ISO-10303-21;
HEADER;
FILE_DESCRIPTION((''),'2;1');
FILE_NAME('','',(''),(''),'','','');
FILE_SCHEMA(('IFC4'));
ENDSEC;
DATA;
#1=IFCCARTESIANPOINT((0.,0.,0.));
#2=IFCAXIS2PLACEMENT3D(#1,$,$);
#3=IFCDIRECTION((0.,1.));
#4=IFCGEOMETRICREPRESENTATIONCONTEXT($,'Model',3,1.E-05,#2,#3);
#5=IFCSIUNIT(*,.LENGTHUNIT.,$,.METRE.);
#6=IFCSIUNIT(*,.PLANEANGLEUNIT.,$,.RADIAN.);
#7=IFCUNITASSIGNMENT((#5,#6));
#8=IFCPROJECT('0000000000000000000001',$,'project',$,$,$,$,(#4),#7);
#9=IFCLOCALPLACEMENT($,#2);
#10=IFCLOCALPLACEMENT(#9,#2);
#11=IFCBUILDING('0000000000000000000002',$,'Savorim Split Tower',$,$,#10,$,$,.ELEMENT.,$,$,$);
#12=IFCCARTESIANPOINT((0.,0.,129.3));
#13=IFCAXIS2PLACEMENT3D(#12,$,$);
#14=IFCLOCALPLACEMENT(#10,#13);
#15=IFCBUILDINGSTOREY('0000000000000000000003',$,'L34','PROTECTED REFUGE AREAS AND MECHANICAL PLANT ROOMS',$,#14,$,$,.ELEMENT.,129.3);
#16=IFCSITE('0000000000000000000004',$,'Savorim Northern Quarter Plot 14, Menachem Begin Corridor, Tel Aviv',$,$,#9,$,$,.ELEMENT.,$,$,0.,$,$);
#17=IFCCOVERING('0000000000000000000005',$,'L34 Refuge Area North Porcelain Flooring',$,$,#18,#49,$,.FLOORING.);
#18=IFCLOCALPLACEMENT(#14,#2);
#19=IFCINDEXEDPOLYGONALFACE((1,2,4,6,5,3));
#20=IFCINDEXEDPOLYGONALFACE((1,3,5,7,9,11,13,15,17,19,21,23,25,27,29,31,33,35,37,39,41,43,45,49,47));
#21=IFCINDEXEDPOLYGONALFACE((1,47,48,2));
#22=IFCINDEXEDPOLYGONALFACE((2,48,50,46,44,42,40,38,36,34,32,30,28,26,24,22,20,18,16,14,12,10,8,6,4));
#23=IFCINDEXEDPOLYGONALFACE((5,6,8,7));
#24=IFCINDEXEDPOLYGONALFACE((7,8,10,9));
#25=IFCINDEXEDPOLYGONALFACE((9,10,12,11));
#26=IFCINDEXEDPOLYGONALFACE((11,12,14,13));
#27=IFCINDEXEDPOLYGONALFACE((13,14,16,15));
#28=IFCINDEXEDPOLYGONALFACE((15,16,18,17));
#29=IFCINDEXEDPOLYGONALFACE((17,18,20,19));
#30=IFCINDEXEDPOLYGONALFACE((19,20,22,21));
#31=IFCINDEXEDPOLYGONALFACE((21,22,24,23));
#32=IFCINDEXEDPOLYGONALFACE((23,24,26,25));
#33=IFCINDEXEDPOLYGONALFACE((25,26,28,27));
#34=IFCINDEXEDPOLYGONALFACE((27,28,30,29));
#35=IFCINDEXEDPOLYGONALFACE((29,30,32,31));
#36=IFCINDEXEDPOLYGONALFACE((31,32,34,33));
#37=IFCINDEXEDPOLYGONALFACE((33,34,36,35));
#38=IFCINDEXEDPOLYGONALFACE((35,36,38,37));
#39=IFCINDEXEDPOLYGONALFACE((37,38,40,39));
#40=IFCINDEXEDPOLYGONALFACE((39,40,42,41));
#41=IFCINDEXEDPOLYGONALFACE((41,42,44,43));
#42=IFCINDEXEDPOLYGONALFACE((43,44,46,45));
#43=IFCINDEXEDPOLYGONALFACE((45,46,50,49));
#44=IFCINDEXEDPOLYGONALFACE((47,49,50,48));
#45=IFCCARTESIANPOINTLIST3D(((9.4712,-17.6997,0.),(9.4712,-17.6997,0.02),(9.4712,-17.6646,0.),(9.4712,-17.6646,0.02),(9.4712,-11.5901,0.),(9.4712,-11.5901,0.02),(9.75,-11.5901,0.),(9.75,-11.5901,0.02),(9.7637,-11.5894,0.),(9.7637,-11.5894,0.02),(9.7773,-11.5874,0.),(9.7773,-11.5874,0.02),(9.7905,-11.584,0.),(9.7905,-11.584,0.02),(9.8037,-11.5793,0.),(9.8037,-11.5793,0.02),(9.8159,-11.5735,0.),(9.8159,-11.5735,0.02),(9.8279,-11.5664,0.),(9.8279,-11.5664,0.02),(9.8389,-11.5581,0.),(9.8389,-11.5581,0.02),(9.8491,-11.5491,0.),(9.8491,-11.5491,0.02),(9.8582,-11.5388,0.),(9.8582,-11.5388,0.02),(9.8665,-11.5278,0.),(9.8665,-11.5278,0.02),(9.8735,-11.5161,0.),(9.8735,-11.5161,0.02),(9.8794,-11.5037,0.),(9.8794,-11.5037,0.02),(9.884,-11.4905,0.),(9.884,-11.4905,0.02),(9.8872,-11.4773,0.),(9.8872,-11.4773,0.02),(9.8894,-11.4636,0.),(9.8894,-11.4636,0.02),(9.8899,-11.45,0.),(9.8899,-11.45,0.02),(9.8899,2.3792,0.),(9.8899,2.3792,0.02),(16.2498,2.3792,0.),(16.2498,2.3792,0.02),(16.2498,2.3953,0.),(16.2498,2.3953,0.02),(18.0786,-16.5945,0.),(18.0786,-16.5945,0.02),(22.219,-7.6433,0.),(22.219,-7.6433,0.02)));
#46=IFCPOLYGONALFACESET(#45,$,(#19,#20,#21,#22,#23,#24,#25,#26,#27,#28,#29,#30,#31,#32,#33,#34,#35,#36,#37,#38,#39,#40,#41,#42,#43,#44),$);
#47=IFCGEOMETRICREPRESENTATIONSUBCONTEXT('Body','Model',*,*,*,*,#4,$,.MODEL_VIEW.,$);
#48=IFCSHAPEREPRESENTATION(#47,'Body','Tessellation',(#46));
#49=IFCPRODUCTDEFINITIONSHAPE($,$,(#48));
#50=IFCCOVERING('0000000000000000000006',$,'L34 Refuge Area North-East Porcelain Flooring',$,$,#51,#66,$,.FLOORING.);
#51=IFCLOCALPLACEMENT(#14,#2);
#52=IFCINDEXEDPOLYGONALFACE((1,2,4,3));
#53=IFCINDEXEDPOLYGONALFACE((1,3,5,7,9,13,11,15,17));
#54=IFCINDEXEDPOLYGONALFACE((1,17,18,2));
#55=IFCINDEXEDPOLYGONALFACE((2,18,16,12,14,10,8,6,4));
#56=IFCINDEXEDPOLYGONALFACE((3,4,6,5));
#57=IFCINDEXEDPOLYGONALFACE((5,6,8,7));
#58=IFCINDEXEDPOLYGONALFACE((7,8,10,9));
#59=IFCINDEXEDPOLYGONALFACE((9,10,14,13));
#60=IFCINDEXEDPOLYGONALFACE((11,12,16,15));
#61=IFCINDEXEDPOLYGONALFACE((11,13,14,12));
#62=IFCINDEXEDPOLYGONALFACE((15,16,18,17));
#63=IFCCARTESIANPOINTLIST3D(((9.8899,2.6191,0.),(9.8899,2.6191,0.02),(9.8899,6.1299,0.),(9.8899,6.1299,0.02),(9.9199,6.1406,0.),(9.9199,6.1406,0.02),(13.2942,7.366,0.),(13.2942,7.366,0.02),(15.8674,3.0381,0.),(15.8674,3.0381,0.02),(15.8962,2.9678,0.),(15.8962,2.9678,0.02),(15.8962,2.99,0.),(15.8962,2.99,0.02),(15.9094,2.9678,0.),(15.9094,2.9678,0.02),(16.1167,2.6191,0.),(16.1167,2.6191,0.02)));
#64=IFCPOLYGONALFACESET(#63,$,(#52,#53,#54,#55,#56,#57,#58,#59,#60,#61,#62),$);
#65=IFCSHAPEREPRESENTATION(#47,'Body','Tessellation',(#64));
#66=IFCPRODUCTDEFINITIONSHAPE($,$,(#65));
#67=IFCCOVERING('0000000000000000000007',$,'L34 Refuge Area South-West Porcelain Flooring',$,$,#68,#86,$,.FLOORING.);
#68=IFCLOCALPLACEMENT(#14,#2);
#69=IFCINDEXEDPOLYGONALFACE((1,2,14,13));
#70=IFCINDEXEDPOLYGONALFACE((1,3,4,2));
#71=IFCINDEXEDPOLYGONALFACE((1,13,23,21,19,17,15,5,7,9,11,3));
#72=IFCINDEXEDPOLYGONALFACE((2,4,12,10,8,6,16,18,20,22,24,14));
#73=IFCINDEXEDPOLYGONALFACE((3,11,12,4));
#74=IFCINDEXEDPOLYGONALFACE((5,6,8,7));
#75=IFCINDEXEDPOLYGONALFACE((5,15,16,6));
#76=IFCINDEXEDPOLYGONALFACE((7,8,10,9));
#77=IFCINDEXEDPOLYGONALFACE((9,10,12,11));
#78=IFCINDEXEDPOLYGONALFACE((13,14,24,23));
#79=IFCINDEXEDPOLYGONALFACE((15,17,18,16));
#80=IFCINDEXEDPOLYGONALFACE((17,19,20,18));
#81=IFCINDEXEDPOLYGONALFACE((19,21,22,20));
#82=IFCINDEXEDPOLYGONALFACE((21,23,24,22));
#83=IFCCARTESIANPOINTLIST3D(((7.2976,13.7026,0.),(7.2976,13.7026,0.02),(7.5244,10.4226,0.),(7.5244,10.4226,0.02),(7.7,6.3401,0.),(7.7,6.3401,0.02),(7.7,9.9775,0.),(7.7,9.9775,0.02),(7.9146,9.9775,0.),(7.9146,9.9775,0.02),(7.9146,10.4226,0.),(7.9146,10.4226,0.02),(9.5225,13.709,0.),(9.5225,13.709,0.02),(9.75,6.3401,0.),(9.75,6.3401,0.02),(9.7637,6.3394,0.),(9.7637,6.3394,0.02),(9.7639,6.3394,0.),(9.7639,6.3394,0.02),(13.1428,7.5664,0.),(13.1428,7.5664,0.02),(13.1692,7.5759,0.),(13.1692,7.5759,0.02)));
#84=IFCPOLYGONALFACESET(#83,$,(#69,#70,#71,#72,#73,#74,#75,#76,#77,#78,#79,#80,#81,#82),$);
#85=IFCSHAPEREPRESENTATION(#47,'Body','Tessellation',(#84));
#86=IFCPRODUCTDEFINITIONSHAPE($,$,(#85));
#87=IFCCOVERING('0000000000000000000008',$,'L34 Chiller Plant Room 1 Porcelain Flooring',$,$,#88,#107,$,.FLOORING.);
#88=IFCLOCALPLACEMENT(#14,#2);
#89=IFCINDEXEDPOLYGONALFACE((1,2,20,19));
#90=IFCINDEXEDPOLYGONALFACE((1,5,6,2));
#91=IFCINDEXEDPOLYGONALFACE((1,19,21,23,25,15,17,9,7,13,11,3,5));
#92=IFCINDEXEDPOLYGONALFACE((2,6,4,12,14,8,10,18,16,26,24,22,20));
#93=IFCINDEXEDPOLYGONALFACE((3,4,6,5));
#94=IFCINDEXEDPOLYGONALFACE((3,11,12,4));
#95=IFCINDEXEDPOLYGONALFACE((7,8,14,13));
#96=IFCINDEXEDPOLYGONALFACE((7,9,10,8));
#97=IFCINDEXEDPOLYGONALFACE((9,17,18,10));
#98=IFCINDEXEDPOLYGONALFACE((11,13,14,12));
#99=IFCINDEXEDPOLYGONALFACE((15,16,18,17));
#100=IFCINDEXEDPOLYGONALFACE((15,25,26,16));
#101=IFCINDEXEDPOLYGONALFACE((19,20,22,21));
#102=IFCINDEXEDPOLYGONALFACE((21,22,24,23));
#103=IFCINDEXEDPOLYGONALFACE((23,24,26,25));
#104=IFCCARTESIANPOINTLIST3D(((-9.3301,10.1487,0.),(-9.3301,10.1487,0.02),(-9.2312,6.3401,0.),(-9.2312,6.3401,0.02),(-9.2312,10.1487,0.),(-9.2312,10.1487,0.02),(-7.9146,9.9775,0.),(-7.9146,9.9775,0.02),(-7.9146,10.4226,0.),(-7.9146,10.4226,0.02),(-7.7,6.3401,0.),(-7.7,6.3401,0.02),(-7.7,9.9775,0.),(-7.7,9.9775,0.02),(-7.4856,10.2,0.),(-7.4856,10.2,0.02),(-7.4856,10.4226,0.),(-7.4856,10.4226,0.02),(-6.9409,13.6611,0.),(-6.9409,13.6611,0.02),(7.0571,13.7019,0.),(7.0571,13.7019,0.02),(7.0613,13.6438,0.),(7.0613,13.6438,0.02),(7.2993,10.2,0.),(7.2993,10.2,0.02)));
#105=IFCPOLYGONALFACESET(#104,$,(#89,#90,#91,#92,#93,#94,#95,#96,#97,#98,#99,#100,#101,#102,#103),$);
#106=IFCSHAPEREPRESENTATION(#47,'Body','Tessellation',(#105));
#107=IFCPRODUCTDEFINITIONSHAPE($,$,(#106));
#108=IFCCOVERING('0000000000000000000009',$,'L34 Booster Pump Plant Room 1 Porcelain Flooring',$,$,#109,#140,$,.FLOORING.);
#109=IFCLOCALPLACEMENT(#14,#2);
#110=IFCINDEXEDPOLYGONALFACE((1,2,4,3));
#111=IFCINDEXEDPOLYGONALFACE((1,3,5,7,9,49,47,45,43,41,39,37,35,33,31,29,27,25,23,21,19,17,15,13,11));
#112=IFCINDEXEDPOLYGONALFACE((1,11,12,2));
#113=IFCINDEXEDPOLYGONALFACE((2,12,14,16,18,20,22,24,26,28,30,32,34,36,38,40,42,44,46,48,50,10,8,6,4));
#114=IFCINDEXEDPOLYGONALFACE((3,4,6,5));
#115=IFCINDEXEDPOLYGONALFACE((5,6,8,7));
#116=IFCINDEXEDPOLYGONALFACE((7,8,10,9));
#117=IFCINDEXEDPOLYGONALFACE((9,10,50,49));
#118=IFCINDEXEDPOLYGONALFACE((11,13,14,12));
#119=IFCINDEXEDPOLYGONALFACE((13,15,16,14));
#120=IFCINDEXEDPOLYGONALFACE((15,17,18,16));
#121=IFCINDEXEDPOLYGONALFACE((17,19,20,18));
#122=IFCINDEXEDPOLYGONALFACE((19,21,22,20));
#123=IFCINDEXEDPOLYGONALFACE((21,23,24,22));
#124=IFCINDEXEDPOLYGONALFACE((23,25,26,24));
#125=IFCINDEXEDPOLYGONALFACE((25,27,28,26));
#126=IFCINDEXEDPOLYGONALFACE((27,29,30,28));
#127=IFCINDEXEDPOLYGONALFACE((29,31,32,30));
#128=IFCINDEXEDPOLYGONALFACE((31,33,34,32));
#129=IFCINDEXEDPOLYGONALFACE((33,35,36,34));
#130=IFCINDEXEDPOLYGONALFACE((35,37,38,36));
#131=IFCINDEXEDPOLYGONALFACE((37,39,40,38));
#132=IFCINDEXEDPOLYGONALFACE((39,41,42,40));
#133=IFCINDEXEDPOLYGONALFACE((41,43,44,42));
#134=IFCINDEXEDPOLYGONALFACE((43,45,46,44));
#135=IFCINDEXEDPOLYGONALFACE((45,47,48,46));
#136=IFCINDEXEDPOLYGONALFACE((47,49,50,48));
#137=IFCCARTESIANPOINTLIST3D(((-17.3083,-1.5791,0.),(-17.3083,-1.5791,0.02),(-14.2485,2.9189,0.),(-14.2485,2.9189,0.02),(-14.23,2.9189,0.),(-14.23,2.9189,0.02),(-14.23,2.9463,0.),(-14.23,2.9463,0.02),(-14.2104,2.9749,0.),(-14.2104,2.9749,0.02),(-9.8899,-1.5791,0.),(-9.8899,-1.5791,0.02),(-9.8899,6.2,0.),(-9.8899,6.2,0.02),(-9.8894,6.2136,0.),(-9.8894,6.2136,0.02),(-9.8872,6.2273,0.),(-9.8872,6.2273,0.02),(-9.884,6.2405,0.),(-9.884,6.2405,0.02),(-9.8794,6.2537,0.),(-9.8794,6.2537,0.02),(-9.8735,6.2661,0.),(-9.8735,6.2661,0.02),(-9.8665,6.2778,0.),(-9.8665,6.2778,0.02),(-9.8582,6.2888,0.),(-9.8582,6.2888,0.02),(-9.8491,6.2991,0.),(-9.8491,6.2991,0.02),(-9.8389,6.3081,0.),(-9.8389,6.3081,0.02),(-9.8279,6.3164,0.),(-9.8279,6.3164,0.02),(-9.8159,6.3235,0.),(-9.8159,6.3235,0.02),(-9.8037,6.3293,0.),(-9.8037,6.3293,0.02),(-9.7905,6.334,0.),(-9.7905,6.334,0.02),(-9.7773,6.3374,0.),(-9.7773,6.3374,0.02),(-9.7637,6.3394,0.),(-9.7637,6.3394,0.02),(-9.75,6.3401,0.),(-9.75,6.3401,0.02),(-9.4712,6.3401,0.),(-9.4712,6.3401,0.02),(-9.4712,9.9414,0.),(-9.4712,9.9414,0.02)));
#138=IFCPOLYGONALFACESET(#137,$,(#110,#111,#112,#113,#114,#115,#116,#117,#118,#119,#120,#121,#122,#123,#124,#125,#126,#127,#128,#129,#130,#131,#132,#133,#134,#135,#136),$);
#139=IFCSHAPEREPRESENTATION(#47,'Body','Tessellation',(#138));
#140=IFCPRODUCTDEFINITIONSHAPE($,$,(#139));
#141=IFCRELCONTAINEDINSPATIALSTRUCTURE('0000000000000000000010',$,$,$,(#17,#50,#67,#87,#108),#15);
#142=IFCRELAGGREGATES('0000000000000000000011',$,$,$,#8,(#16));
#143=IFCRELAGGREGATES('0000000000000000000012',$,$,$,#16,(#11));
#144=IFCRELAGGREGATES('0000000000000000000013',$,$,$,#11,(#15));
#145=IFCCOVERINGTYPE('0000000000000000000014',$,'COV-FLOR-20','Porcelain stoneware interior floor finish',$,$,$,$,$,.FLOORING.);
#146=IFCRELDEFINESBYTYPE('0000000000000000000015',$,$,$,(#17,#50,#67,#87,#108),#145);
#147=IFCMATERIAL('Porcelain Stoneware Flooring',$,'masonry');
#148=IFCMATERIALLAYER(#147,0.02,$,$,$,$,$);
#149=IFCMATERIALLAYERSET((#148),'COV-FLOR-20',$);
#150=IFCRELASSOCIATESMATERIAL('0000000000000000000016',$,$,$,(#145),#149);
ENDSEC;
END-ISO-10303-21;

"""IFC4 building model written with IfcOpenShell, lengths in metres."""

from ifc_helpers import new_model, si_unit, direction, frame, origin, place, context, subcontext, project, spatial, polyline, outline, extrude, material, layer, layer_set, type_object, element, save


model = new_model("IFC4")

# Units and contexts
model_context = context("Model", 3, precision=1e-05, world=origin(), true_north=direction((0.0, 1.0)))
body_context = subcontext(model_context, "Body", "Model", "MODEL_VIEW")
ifc_project = project(units=[si_unit("LENGTHUNIT", "METRE"), si_unit("PLANEANGLEUNIT", "RADIAN")], contexts=[model_context])

# Site, building, storey
site_placement = place(None, origin())
site = spatial("IfcSite", under=ifc_project, at=site_placement, Name="Savorim Northern Quarter Plot 14, Menachem Begin Corridor, Tel Aviv", CompositionType="ELEMENT", RefElevation=0.0)
building_placement = place(site_placement, origin())
building = spatial("IfcBuilding", under=site, at=building_placement, Name="Savorim Split Tower", CompositionType="ELEMENT")
storey_placement = place(building_placement, frame((0.0, 0.0, 129.3)))
storey = spatial("IfcBuildingStorey", under=building, at=storey_placement, Name="L34", Description="PROTECTED REFUGE AREAS AND MECHANICAL PLANT ROOMS", CompositionType="ELEMENT", Elevation=129.3)

# Coverings
ifc_material_1 = material(Name="Porcelain Stoneware Flooring", Category="masonry")
ifc_layer_1 = layer(ifc_material_1, 0.02)
ifc_layer_set_1 = layer_set([ifc_layer_1], Name="COV-FLOR-20")
covering_type_1 = type_object("IfcCoveringType", Name="COV-FLOR-20", Description="Porcelain stoneware interior floor finish", PredefinedType="FLOORING", material=ifc_layer_set_1)
covering_1_placement = place(storey_placement, origin())
element("IfcCovering", 1, at=covering_1_placement, inside=storey, type_object=covering_type_1, Name="L34 Refuge Area North Porcelain Flooring", PredefinedType="FLOORING", context=body_context, shape_type="SweptSolid", body=[
    extrude(outline(polyline([(9.4712, -17.6997), (18.0786, -16.5945), (22.219, -7.6433), (16.2498, 2.3953), (16.2498, 2.3792), (9.8899, 2.3792), (9.8899, -11.45), (9.8894, -11.4636), (9.8872, -11.4773), (9.884, -11.4905), (9.8794, -11.5037), (9.8735, -11.5161), (9.8665, -11.5278), (9.8582, -11.5388), (9.8491, -11.5491), (9.8389, -11.5581), (9.8279, -11.5664), (9.8159, -11.5735), (9.8037, -11.5793), (9.7905, -11.584), (9.7773, -11.5874), (9.7637, -11.5894), (9.75, -11.5901), (9.4712, -11.5901), (9.4712, -17.6646), (9.4712, -17.6997)])), origin(), (0.0, 0.0, 1.0), 0.02),
])
covering_2_placement = place(storey_placement, origin())
element("IfcCovering", 2, at=covering_2_placement, inside=storey, type_object=covering_type_1, Name="L34 Refuge Area North-East Porcelain Flooring", PredefinedType="FLOORING", context=body_context, shape_type="SweptSolid", body=[
    extrude(outline(polyline([(15.8962, 2.9678), (15.8962, 2.99), (15.8674, 3.0381), (13.2942, 7.366), (9.9199, 6.1406), (9.8899, 6.1299), (9.8899, 2.6191), (16.1167, 2.6191), (15.9094, 2.9678), (15.8962, 2.9678)])), origin(), (0.0, 0.0, 1.0), 0.02),
])
covering_3_placement = place(storey_placement, origin())
element("IfcCovering", 3, at=covering_3_placement, inside=storey, type_object=covering_type_1, Name="L34 Refuge Area South-West Porcelain Flooring", PredefinedType="FLOORING", context=body_context, shape_type="SweptSolid", body=[
    extrude(outline(polyline([(13.1428, 7.5664), (13.1692, 7.5759), (9.5225, 13.709), (7.2976, 13.7026), (7.5244, 10.4226), (7.9146, 10.4226), (7.9146, 9.9775), (7.7, 9.9775), (7.7, 6.3401), (9.75, 6.3401), (9.7637, 6.3394), (9.7639, 6.3394), (13.1428, 7.5664)])), origin(), (0.0, 0.0, 1.0), 0.02),
])
covering_4_placement = place(storey_placement, origin())
element("IfcCovering", 4, at=covering_4_placement, inside=storey, type_object=covering_type_1, Name="L34 Chiller Plant Room 1 Porcelain Flooring", PredefinedType="FLOORING", context=body_context, shape_type="SweptSolid", body=[
    extrude(outline(polyline([(7.0613, 13.6438), (7.0571, 13.7019), (-6.9409, 13.6611), (-9.3301, 10.1487), (-9.2312, 10.1487), (-9.2312, 6.3401), (-7.7, 6.3401), (-7.7, 9.9775), (-7.9146, 9.9775), (-7.9146, 10.4226), (-7.4856, 10.4226), (-7.4856, 10.2), (7.2993, 10.2), (7.0613, 13.6438)])), origin(), (0.0, 0.0, 1.0), 0.02),
])
covering_5_placement = place(storey_placement, origin())
element("IfcCovering", 5, at=covering_5_placement, inside=storey, type_object=covering_type_1, Name="L34 Booster Pump Plant Room 1 Porcelain Flooring", PredefinedType="FLOORING", context=body_context, shape_type="SweptSolid", body=[
    extrude(outline(polyline([(-9.75, 6.3401), (-9.4712, 6.3401), (-9.4712, 9.9414), (-14.2104, 2.9749), (-14.23, 2.9463), (-14.23, 2.9189), (-14.2485, 2.9189), (-17.3083, -1.5791), (-9.8899, -1.5791), (-9.8899, 6.2), (-9.8894, 6.2136), (-9.8872, 6.2273), (-9.884, 6.2405), (-9.8794, 6.2537), (-9.8735, 6.2661), (-9.8665, 6.2778), (-9.8582, 6.2888), (-9.8491, 6.2991), (-9.8389, 6.3081), (-9.8279, 6.3164), (-9.8159, 6.3235), (-9.8037, 6.3293), (-9.7905, 6.334), (-9.7773, 6.3374), (-9.7637, 6.3394), (-9.75, 6.3401)])), origin(), (0.0, 0.0, 1.0), 0.02),
])

save(model, "model.ifc")
